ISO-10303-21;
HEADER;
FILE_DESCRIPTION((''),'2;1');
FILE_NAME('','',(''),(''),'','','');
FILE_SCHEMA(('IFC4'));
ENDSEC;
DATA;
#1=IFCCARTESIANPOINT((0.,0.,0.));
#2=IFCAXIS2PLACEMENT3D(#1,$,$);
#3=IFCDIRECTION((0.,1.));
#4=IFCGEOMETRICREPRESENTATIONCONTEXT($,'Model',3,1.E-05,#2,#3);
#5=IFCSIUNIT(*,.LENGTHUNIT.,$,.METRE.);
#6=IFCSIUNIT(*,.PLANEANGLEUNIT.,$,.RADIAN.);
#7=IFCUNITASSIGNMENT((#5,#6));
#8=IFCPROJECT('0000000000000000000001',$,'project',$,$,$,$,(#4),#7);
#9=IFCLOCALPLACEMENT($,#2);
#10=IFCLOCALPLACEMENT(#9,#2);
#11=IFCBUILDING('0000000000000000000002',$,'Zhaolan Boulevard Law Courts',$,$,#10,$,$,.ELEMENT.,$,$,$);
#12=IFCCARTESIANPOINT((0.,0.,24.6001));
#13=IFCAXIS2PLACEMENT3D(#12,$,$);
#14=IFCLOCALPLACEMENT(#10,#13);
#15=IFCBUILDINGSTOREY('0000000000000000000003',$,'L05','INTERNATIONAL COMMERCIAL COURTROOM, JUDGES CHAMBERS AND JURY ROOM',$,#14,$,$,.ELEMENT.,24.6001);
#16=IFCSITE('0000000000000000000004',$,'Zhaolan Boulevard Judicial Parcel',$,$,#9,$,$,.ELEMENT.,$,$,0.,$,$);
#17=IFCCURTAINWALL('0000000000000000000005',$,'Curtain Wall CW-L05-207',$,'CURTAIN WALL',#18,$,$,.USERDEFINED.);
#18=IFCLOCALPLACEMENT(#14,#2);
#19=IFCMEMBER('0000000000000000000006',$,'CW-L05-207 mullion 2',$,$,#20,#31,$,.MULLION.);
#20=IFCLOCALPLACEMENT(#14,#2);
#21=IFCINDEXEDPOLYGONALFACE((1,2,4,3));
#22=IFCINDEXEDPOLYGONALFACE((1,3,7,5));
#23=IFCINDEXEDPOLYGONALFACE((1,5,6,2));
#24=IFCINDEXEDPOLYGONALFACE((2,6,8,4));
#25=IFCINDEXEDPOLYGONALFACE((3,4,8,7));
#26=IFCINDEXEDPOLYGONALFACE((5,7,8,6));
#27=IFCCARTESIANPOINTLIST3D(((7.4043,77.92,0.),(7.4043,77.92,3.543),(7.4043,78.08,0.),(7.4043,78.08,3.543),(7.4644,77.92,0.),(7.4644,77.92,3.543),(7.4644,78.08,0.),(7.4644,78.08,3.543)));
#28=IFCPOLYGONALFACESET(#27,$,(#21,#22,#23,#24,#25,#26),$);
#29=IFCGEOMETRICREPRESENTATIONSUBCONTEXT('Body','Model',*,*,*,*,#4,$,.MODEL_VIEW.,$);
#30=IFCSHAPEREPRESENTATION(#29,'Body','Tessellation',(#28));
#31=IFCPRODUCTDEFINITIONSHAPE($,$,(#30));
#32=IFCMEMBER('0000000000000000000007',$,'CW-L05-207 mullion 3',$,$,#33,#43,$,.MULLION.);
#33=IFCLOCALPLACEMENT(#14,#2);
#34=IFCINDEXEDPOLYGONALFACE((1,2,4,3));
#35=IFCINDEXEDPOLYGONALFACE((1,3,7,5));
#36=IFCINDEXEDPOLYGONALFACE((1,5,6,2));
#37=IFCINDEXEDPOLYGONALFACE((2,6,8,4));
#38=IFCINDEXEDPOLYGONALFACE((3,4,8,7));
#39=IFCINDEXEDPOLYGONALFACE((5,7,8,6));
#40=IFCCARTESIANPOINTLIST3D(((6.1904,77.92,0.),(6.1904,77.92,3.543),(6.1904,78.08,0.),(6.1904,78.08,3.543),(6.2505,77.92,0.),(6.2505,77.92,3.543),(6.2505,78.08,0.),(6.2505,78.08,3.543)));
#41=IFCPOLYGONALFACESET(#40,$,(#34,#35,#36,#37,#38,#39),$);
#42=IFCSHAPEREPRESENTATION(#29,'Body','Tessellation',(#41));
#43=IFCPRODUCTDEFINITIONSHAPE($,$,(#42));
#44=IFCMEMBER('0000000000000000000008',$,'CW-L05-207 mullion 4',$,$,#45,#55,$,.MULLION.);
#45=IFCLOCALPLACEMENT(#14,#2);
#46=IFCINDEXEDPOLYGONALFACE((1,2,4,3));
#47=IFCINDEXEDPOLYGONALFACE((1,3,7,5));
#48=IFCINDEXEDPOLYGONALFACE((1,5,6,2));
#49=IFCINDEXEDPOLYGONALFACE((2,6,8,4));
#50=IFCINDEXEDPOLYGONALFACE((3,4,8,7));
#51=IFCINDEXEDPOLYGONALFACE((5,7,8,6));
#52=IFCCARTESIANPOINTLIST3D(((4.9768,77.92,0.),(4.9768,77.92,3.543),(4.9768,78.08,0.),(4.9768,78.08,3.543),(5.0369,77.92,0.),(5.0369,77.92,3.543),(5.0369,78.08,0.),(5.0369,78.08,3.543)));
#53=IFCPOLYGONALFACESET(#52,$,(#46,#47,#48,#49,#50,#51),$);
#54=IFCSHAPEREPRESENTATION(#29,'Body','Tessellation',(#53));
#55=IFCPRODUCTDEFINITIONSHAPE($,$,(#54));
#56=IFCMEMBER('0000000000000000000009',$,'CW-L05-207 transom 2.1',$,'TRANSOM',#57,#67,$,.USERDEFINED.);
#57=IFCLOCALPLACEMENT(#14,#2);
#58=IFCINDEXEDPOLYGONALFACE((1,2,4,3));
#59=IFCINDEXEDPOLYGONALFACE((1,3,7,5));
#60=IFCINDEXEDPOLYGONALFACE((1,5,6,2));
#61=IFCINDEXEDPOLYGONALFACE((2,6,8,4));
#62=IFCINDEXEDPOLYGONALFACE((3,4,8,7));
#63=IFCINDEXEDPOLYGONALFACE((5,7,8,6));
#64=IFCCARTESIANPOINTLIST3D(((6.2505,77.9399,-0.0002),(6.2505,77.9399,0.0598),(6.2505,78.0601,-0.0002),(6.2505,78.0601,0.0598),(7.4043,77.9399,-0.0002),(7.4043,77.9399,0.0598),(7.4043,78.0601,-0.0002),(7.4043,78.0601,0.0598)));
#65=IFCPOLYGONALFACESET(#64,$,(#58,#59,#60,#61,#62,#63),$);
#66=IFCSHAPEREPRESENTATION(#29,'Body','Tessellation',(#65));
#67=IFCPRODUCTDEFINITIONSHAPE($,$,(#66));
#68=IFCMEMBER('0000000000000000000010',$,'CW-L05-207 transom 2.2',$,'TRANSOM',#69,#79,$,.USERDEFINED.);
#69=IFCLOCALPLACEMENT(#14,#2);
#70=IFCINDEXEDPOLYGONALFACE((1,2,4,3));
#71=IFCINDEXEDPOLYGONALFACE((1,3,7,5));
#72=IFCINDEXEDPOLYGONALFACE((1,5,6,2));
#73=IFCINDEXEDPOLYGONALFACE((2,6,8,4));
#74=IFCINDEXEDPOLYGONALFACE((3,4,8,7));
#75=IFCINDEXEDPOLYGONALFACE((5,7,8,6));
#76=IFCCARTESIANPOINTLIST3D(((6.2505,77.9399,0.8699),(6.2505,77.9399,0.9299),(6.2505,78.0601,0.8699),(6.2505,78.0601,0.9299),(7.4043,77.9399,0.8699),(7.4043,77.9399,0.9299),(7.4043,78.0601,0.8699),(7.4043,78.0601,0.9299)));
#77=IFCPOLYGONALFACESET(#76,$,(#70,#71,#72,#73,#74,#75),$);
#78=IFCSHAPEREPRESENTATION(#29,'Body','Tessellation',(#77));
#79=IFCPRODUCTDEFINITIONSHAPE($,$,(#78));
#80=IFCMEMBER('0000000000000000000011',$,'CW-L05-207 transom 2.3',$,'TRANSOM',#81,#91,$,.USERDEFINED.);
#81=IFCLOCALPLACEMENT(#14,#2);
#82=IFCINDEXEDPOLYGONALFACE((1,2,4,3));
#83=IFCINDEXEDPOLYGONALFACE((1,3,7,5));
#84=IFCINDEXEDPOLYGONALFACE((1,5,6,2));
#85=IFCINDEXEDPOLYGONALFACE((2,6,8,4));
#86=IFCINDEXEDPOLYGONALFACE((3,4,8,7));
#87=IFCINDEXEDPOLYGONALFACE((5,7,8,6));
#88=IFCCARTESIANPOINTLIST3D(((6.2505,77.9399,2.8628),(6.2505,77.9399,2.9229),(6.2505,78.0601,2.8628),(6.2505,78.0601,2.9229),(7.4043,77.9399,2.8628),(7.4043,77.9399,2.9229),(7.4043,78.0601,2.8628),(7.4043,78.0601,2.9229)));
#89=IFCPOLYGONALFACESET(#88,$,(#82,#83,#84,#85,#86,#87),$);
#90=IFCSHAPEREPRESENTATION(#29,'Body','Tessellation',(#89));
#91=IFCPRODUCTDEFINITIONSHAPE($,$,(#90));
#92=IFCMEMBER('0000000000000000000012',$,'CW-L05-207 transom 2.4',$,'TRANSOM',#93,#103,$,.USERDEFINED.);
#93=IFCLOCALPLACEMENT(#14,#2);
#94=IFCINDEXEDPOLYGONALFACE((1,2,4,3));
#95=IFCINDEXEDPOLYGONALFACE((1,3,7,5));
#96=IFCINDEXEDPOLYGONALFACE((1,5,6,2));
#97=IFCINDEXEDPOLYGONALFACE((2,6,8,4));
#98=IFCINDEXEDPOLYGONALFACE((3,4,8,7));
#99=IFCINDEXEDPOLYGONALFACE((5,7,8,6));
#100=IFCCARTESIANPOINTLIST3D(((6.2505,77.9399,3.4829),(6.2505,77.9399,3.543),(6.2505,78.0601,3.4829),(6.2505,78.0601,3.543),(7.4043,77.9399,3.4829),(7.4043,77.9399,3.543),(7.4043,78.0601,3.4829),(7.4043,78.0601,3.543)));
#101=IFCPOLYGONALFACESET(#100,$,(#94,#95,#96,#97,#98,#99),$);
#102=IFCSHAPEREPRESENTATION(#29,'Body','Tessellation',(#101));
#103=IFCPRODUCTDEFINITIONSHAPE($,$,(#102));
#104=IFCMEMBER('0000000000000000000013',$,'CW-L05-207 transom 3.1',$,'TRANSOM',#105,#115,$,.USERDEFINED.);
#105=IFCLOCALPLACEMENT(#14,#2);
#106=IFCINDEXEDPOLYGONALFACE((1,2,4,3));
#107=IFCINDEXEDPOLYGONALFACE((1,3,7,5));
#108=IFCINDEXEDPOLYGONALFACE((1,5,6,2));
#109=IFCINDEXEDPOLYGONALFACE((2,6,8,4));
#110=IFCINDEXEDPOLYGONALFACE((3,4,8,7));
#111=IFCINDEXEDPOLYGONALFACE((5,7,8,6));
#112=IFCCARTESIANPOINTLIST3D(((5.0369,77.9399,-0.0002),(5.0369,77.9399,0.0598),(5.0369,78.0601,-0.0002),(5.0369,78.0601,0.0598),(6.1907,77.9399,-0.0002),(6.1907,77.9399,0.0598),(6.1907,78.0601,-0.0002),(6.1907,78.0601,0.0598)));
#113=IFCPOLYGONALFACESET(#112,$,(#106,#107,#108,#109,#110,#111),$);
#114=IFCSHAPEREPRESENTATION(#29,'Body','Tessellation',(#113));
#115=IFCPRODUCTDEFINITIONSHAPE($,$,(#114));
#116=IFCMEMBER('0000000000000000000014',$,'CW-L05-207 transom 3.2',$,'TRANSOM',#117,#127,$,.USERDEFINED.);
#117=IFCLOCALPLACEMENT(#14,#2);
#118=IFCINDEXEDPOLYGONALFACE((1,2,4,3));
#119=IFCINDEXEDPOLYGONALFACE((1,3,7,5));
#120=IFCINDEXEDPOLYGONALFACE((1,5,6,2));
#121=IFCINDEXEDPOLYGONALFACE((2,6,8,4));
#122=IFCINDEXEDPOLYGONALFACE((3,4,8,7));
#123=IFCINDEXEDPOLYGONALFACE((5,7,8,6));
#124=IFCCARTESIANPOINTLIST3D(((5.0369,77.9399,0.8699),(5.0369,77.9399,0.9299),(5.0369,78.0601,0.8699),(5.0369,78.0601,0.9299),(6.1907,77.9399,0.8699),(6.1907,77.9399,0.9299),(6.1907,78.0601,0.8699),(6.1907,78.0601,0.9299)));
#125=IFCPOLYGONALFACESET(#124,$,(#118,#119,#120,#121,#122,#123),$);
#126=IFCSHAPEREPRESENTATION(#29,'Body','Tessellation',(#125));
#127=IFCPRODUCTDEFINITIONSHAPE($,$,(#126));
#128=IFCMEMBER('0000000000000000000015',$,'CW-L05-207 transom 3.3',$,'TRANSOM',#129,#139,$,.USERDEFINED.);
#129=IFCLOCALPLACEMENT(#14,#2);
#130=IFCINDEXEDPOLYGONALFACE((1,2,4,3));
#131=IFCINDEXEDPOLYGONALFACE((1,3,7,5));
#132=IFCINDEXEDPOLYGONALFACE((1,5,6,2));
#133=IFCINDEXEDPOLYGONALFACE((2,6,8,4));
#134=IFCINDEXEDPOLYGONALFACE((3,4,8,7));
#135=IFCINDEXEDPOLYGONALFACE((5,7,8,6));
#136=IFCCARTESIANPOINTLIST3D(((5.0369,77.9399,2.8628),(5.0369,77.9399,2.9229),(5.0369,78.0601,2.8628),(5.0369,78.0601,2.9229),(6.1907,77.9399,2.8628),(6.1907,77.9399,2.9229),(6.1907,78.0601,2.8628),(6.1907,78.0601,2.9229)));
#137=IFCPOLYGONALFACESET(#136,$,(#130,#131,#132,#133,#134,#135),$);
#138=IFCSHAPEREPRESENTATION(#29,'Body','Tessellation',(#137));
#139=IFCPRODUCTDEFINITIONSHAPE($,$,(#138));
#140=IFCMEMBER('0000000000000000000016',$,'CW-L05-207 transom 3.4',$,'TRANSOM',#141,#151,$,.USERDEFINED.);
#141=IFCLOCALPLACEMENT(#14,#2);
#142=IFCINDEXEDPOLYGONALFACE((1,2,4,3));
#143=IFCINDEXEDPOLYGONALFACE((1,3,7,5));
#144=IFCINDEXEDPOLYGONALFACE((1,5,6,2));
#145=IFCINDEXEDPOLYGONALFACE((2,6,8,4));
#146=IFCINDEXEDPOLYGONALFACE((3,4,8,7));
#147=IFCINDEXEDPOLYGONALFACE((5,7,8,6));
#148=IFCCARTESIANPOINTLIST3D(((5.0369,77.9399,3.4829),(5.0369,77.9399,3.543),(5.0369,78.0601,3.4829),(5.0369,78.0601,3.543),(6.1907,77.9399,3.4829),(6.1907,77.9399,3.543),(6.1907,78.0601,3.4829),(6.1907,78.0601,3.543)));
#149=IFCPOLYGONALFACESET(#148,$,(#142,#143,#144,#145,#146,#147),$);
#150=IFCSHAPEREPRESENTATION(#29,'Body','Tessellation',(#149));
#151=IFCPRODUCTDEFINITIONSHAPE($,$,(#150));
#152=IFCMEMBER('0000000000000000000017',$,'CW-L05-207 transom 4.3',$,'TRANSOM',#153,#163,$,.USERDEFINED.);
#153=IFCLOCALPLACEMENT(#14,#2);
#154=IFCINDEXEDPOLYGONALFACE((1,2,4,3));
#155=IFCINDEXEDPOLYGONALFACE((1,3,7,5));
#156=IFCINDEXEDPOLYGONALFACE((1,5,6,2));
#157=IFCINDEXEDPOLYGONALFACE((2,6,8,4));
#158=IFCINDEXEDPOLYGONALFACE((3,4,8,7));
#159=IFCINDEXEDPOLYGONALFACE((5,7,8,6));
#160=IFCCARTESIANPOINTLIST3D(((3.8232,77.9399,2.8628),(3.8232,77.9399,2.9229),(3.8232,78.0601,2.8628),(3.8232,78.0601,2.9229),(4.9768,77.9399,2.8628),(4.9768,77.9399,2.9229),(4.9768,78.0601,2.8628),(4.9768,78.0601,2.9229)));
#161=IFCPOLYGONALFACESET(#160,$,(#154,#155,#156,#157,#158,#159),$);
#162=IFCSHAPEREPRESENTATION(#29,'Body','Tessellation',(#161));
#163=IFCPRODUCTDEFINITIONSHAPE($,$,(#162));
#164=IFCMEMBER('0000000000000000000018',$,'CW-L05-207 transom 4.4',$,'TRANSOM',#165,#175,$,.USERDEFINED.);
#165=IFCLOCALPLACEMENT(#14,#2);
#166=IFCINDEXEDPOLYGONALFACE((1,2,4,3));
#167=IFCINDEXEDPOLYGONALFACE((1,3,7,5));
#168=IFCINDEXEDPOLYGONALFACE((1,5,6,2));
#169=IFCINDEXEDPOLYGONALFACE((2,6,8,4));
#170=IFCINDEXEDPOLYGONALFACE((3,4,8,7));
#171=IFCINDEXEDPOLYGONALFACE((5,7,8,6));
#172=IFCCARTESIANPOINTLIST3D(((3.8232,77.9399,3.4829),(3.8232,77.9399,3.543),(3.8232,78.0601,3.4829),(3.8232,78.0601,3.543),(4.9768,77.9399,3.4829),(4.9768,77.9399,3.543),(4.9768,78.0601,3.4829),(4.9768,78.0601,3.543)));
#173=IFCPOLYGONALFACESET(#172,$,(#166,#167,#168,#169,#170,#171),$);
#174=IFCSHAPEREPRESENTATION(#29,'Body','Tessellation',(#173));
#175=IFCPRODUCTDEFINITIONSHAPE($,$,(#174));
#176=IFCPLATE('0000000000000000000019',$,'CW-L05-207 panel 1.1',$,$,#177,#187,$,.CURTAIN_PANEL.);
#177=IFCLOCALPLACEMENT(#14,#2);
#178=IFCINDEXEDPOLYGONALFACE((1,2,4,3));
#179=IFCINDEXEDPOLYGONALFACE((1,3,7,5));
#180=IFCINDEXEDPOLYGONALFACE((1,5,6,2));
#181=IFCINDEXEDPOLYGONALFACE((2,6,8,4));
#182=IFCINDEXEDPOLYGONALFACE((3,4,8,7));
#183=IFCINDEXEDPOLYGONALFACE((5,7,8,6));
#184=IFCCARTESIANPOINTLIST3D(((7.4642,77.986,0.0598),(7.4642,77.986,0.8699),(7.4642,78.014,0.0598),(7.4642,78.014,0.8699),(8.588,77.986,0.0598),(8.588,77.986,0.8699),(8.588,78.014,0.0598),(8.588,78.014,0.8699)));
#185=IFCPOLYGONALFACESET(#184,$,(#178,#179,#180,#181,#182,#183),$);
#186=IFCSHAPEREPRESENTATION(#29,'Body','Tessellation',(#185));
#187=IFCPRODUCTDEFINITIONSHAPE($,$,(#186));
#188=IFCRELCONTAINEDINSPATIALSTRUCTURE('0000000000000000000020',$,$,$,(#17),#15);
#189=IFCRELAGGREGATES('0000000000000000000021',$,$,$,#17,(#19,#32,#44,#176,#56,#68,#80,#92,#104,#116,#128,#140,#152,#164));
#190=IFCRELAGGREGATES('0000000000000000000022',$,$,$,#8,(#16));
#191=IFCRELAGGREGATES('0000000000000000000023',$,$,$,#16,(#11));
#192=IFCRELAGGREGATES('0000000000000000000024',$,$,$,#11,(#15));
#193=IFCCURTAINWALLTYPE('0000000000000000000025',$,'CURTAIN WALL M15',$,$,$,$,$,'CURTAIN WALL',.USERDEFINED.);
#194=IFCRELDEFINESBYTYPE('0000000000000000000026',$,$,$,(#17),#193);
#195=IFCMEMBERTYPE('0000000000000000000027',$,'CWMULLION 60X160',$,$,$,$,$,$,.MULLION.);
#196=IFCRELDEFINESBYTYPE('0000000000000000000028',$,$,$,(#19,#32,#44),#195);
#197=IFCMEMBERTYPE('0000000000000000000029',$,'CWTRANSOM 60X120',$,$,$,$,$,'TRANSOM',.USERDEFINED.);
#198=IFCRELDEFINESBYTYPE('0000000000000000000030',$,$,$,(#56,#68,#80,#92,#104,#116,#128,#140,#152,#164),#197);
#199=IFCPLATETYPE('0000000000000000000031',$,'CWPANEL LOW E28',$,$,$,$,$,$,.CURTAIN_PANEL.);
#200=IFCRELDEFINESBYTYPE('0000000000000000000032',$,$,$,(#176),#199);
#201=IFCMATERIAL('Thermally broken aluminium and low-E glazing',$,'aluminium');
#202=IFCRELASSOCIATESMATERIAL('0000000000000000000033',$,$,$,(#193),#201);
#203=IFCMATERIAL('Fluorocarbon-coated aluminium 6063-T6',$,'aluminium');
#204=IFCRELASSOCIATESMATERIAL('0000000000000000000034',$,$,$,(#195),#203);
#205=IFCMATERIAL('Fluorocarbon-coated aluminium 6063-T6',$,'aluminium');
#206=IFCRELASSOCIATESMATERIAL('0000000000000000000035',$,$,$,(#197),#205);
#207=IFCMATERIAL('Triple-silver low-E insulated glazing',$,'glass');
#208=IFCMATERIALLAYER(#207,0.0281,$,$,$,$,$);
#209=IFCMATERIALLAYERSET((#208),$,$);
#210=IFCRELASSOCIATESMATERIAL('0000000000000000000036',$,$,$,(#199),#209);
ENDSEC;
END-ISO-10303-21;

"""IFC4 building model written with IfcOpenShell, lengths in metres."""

from ifc_helpers import new_model, si_unit, direction, frame, origin, origin_2d, place, context, subcontext, project, spatial, rectangle, extrude, material, layer, layer_set, material_profile, profile_set, type_object, element, aggregate, save


model = new_model("IFC4")

# Units and contexts
model_context = context("Model", 3, precision=1e-05, world=origin(), true_north=direction((0.0, 1.0)))
body_context = subcontext(model_context, "Body", "Model", "MODEL_VIEW")
ifc_project = project(units=[si_unit("LENGTHUNIT", "METRE"), si_unit("PLANEANGLEUNIT", "RADIAN")], contexts=[model_context])

# Site, building, storey
site_placement = place(None, origin())
site = spatial("IfcSite", under=ifc_project, at=site_placement, Name="Zhaolan Boulevard Judicial Parcel", CompositionType="ELEMENT", RefElevation=0.0)
building_placement = place(site_placement, origin())
building = spatial("IfcBuilding", under=site, at=building_placement, Name="Zhaolan Boulevard Law Courts", CompositionType="ELEMENT")
storey_placement = place(building_placement, frame((0.0, 0.0, 24.6001)))
storey = spatial("IfcBuildingStorey", under=building, at=storey_placement, Name="L05", Description="INTERNATIONAL COMMERCIAL COURTROOM, JUDGES CHAMBERS AND JURY ROOM", CompositionType="ELEMENT", Elevation=24.6001)

# Curtain wall, members, plate
ifc_material_1 = material(Name="Thermally broken aluminium and low-E glazing", Category="aluminium")
curtain_wall_type = type_object("IfcCurtainWallType", Name="CURTAIN WALL M15", ElementType="CURTAIN WALL", PredefinedType="USERDEFINED", material=ifc_material_1)
curtain_wall_placement = place(storey_placement, origin())
curtain_wall = element("IfcCurtainWall", 1, at=curtain_wall_placement, inside=storey, type_object=curtain_wall_type, Name="Curtain Wall CW-L05-207", ObjectType="CURTAIN WALL", PredefinedType="USERDEFINED")
ifc_material_2 = material(Name="Fluorocarbon-coated aluminium 6063-T6", Category="aluminium")
ifc_material_profile_1 = material_profile(ifc_material_2, rectangle(XDim=0.1599, YDim=0.0601, at=origin_2d()), Name="AL60x160")
ifc_profile_set_1 = profile_set([ifc_material_profile_1], Name="Fluorocarbon-coated aluminium 6063-T6")
member_type_1 = type_object("IfcMemberType", Name="CWMULLION 60X160", PredefinedType="MULLION", material=ifc_profile_set_1)
member_1_placement = place(storey_placement, frame((7.4343, 78.0, 0.0), z_axis=(0.0, 0.0, 1.0), x_axis=(0.0, -1.0, 0.0)))
member_1 = element("IfcMember", 2, at=member_1_placement, type_object=member_type_1, Name="CW-L05-207 mullion 2", PredefinedType="MULLION", context=body_context, shape_type="SweptSolid", body=[
    extrude(rectangle(XDim=0.1599, YDim=0.0601, at=origin_2d()), origin(), (0.0, 0.0, 1.0), 3.543),
])
member_2_placement = place(storey_placement, frame((6.2205, 78.0, 0.0), z_axis=(0.0, 0.0, 1.0), x_axis=(0.0, -1.0, 0.0)))
member_2 = element("IfcMember", 3, at=member_2_placement, type_object=member_type_1, Name="CW-L05-207 mullion 3", PredefinedType="MULLION", context=body_context, shape_type="SweptSolid", body=[
    extrude(rectangle(XDim=0.1599, YDim=0.0601, at=origin_2d()), origin(), (0.0, 0.0, 1.0), 3.543),
])
member_3_placement = place(storey_placement, frame((5.0068, 78.0, 0.0), z_axis=(0.0, 0.0, 1.0), x_axis=(0.0, -1.0, 0.0)))
member_3 = element("IfcMember", 4, at=member_3_placement, type_object=member_type_1, Name="CW-L05-207 mullion 4", PredefinedType="MULLION", context=body_context, shape_type="SweptSolid", body=[
    extrude(rectangle(XDim=0.1599, YDim=0.0601, at=origin_2d()), origin(), (0.0, 0.0, 1.0), 3.543),
])
ifc_material_3 = material(Name="Fluorocarbon-coated aluminium 6063-T6", Category="aluminium")
ifc_material_profile_2 = material_profile(ifc_material_3, rectangle(XDim=0.1201, YDim=0.0601, at=origin_2d()), Name="AL60x120")
ifc_profile_set_2 = profile_set([ifc_material_profile_2], Name="Fluorocarbon-coated aluminium 6063-T6")
member_type_2 = type_object("IfcMemberType", Name="CWTRANSOM 60X120", ElementType="TRANSOM", PredefinedType="USERDEFINED", material=ifc_profile_set_2)
member_4_placement = place(storey_placement, frame((7.4043, 78.0, 0.0298), z_axis=(-1.0, 0.0, 0.0), x_axis=(0.0, -1.0, 0.0)))
member_4 = element("IfcMember", 5, at=member_4_placement, type_object=member_type_2, Name="CW-L05-207 transom 2.1", ObjectType="TRANSOM", PredefinedType="USERDEFINED", context=body_context, shape_type="SweptSolid", body=[
    extrude(rectangle(XDim=0.1201, YDim=0.0601, at=origin_2d()), origin(), (0.0, 0.0, 1.0), 1.1538),
])
member_5_placement = place(storey_placement, frame((7.4043, 78.0, 0.8999), z_axis=(-1.0, 0.0, 0.0), x_axis=(0.0, -1.0, 0.0)))
member_5 = element("IfcMember", 6, at=member_5_placement, type_object=member_type_2, Name="CW-L05-207 transom 2.2", ObjectType="TRANSOM", PredefinedType="USERDEFINED", context=body_context, shape_type="SweptSolid", body=[
    extrude(rectangle(XDim=0.1201, YDim=0.0601, at=origin_2d()), origin(), (0.0, 0.0, 1.0), 1.1538),
])
member_6_placement = place(storey_placement, frame((7.4043, 78.0, 2.8928), z_axis=(-1.0, 0.0, 0.0), x_axis=(0.0, -1.0, 0.0)))
member_6 = element("IfcMember", 7, at=member_6_placement, type_object=member_type_2, Name="CW-L05-207 transom 2.3", ObjectType="TRANSOM", PredefinedType="USERDEFINED", context=body_context, shape_type="SweptSolid", body=[
    extrude(rectangle(XDim=0.1201, YDim=0.0601, at=origin_2d()), origin(), (0.0, 0.0, 1.0), 1.1538),
])
member_7_placement = place(storey_placement, frame((7.4043, 78.0, 3.5129), z_axis=(-1.0, 0.0, 0.0), x_axis=(0.0, -1.0, 0.0)))
member_7 = element("IfcMember", 8, at=member_7_placement, type_object=member_type_2, Name="CW-L05-207 transom 2.4", ObjectType="TRANSOM", PredefinedType="USERDEFINED", context=body_context, shape_type="SweptSolid", body=[
    extrude(rectangle(XDim=0.1201, YDim=0.0601, at=origin_2d()), origin(), (0.0, 0.0, 1.0), 1.1538),
])
member_8_placement = place(storey_placement, frame((6.1907, 78.0, 0.0298), z_axis=(-1.0, 0.0, 0.0), x_axis=(0.0, -1.0, 0.0)))
member_8 = element("IfcMember", 9, at=member_8_placement, type_object=member_type_2, Name="CW-L05-207 transom 3.1", ObjectType="TRANSOM", PredefinedType="USERDEFINED", context=body_context, shape_type="SweptSolid", body=[
    extrude(rectangle(XDim=0.1201, YDim=0.0601, at=origin_2d()), origin(), (0.0, 0.0, 1.0), 1.1538),
])
member_9_placement = place(storey_placement, frame((6.1907, 78.0, 0.8999), z_axis=(-1.0, 0.0, 0.0), x_axis=(0.0, -1.0, 0.0)))
member_9 = element("IfcMember", 10, at=member_9_placement, type_object=member_type_2, Name="CW-L05-207 transom 3.2", ObjectType="TRANSOM", PredefinedType="USERDEFINED", context=body_context, shape_type="SweptSolid", body=[
    extrude(rectangle(XDim=0.1201, YDim=0.0601, at=origin_2d()), origin(), (0.0, 0.0, 1.0), 1.1538),
])
member_10_placement = place(storey_placement, frame((6.1907, 78.0, 2.8928), z_axis=(-1.0, 0.0, 0.0), x_axis=(0.0, -1.0, 0.0)))
member_10 = element("IfcMember", 11, at=member_10_placement, type_object=member_type_2, Name="CW-L05-207 transom 3.3", ObjectType="TRANSOM", PredefinedType="USERDEFINED", context=body_context, shape_type="SweptSolid", body=[
    extrude(rectangle(XDim=0.1201, YDim=0.0601, at=origin_2d()), origin(), (0.0, 0.0, 1.0), 1.1538),
])
member_11_placement = place(storey_placement, frame((6.1907, 78.0, 3.5129), z_axis=(-1.0, 0.0, 0.0), x_axis=(0.0, -1.0, 0.0)))
member_11 = element("IfcMember", 12, at=member_11_placement, type_object=member_type_2, Name="CW-L05-207 transom 3.4", ObjectType="TRANSOM", PredefinedType="USERDEFINED", context=body_context, shape_type="SweptSolid", body=[
    extrude(rectangle(XDim=0.1201, YDim=0.0601, at=origin_2d()), origin(), (0.0, 0.0, 1.0), 1.1538),
])
member_12_placement = place(storey_placement, frame((4.9768, 78.0, 2.8928), z_axis=(-1.0, 0.0, 0.0), x_axis=(0.0, -1.0, 0.0)))
member_12 = element("IfcMember", 13, at=member_12_placement, type_object=member_type_2, Name="CW-L05-207 transom 4.3", ObjectType="TRANSOM", PredefinedType="USERDEFINED", context=body_context, shape_type="SweptSolid", body=[
    extrude(rectangle(XDim=0.1201, YDim=0.0601, at=origin_2d()), origin(), (0.0, 0.0, 1.0), 1.1536),
])
member_13_placement = place(storey_placement, frame((4.9768, 78.0, 3.5129), z_axis=(-1.0, 0.0, 0.0), x_axis=(0.0, -1.0, 0.0)))
member_13 = element("IfcMember", 14, at=member_13_placement, type_object=member_type_2, Name="CW-L05-207 transom 4.4", ObjectType="TRANSOM", PredefinedType="USERDEFINED", context=body_context, shape_type="SweptSolid", body=[
    extrude(rectangle(XDim=0.1201, YDim=0.0601, at=origin_2d()), origin(), (0.0, 0.0, 1.0), 1.1536),
])
ifc_material_4 = material(Name="Triple-silver low-E insulated glazing", Category="glass")
ifc_layer_1 = layer(ifc_material_4, 0.0281)
ifc_layer_set_1 = layer_set([ifc_layer_1])
plate_type = type_object("IfcPlateType", Name="CWPANEL LOW E28", PredefinedType="CURTAIN_PANEL", material=ifc_layer_set_1)
plate_1_placement = place(storey_placement, frame((8.0261, 78.0, 0.0598), z_axis=(0.0, 0.0, 1.0), x_axis=(-1.0, 0.0, 0.0)))
plate_1 = element("IfcPlate", 15, at=plate_1_placement, type_object=plate_type, Name="CW-L05-207 panel 1.1", PredefinedType="CURTAIN_PANEL", context=body_context, shape_type="SweptSolid", body=[
    extrude(rectangle(XDim=1.1238, YDim=0.0281, at=origin_2d()), origin(), (0.0, 0.0, 1.0), 0.8101),
])
aggregate(curtain_wall, [member_1, member_2, member_3, plate_1, member_4, member_5, member_6, member_7, member_8, member_9, member_10, member_11, member_12, member_13])

save(model, "model.ifc")
